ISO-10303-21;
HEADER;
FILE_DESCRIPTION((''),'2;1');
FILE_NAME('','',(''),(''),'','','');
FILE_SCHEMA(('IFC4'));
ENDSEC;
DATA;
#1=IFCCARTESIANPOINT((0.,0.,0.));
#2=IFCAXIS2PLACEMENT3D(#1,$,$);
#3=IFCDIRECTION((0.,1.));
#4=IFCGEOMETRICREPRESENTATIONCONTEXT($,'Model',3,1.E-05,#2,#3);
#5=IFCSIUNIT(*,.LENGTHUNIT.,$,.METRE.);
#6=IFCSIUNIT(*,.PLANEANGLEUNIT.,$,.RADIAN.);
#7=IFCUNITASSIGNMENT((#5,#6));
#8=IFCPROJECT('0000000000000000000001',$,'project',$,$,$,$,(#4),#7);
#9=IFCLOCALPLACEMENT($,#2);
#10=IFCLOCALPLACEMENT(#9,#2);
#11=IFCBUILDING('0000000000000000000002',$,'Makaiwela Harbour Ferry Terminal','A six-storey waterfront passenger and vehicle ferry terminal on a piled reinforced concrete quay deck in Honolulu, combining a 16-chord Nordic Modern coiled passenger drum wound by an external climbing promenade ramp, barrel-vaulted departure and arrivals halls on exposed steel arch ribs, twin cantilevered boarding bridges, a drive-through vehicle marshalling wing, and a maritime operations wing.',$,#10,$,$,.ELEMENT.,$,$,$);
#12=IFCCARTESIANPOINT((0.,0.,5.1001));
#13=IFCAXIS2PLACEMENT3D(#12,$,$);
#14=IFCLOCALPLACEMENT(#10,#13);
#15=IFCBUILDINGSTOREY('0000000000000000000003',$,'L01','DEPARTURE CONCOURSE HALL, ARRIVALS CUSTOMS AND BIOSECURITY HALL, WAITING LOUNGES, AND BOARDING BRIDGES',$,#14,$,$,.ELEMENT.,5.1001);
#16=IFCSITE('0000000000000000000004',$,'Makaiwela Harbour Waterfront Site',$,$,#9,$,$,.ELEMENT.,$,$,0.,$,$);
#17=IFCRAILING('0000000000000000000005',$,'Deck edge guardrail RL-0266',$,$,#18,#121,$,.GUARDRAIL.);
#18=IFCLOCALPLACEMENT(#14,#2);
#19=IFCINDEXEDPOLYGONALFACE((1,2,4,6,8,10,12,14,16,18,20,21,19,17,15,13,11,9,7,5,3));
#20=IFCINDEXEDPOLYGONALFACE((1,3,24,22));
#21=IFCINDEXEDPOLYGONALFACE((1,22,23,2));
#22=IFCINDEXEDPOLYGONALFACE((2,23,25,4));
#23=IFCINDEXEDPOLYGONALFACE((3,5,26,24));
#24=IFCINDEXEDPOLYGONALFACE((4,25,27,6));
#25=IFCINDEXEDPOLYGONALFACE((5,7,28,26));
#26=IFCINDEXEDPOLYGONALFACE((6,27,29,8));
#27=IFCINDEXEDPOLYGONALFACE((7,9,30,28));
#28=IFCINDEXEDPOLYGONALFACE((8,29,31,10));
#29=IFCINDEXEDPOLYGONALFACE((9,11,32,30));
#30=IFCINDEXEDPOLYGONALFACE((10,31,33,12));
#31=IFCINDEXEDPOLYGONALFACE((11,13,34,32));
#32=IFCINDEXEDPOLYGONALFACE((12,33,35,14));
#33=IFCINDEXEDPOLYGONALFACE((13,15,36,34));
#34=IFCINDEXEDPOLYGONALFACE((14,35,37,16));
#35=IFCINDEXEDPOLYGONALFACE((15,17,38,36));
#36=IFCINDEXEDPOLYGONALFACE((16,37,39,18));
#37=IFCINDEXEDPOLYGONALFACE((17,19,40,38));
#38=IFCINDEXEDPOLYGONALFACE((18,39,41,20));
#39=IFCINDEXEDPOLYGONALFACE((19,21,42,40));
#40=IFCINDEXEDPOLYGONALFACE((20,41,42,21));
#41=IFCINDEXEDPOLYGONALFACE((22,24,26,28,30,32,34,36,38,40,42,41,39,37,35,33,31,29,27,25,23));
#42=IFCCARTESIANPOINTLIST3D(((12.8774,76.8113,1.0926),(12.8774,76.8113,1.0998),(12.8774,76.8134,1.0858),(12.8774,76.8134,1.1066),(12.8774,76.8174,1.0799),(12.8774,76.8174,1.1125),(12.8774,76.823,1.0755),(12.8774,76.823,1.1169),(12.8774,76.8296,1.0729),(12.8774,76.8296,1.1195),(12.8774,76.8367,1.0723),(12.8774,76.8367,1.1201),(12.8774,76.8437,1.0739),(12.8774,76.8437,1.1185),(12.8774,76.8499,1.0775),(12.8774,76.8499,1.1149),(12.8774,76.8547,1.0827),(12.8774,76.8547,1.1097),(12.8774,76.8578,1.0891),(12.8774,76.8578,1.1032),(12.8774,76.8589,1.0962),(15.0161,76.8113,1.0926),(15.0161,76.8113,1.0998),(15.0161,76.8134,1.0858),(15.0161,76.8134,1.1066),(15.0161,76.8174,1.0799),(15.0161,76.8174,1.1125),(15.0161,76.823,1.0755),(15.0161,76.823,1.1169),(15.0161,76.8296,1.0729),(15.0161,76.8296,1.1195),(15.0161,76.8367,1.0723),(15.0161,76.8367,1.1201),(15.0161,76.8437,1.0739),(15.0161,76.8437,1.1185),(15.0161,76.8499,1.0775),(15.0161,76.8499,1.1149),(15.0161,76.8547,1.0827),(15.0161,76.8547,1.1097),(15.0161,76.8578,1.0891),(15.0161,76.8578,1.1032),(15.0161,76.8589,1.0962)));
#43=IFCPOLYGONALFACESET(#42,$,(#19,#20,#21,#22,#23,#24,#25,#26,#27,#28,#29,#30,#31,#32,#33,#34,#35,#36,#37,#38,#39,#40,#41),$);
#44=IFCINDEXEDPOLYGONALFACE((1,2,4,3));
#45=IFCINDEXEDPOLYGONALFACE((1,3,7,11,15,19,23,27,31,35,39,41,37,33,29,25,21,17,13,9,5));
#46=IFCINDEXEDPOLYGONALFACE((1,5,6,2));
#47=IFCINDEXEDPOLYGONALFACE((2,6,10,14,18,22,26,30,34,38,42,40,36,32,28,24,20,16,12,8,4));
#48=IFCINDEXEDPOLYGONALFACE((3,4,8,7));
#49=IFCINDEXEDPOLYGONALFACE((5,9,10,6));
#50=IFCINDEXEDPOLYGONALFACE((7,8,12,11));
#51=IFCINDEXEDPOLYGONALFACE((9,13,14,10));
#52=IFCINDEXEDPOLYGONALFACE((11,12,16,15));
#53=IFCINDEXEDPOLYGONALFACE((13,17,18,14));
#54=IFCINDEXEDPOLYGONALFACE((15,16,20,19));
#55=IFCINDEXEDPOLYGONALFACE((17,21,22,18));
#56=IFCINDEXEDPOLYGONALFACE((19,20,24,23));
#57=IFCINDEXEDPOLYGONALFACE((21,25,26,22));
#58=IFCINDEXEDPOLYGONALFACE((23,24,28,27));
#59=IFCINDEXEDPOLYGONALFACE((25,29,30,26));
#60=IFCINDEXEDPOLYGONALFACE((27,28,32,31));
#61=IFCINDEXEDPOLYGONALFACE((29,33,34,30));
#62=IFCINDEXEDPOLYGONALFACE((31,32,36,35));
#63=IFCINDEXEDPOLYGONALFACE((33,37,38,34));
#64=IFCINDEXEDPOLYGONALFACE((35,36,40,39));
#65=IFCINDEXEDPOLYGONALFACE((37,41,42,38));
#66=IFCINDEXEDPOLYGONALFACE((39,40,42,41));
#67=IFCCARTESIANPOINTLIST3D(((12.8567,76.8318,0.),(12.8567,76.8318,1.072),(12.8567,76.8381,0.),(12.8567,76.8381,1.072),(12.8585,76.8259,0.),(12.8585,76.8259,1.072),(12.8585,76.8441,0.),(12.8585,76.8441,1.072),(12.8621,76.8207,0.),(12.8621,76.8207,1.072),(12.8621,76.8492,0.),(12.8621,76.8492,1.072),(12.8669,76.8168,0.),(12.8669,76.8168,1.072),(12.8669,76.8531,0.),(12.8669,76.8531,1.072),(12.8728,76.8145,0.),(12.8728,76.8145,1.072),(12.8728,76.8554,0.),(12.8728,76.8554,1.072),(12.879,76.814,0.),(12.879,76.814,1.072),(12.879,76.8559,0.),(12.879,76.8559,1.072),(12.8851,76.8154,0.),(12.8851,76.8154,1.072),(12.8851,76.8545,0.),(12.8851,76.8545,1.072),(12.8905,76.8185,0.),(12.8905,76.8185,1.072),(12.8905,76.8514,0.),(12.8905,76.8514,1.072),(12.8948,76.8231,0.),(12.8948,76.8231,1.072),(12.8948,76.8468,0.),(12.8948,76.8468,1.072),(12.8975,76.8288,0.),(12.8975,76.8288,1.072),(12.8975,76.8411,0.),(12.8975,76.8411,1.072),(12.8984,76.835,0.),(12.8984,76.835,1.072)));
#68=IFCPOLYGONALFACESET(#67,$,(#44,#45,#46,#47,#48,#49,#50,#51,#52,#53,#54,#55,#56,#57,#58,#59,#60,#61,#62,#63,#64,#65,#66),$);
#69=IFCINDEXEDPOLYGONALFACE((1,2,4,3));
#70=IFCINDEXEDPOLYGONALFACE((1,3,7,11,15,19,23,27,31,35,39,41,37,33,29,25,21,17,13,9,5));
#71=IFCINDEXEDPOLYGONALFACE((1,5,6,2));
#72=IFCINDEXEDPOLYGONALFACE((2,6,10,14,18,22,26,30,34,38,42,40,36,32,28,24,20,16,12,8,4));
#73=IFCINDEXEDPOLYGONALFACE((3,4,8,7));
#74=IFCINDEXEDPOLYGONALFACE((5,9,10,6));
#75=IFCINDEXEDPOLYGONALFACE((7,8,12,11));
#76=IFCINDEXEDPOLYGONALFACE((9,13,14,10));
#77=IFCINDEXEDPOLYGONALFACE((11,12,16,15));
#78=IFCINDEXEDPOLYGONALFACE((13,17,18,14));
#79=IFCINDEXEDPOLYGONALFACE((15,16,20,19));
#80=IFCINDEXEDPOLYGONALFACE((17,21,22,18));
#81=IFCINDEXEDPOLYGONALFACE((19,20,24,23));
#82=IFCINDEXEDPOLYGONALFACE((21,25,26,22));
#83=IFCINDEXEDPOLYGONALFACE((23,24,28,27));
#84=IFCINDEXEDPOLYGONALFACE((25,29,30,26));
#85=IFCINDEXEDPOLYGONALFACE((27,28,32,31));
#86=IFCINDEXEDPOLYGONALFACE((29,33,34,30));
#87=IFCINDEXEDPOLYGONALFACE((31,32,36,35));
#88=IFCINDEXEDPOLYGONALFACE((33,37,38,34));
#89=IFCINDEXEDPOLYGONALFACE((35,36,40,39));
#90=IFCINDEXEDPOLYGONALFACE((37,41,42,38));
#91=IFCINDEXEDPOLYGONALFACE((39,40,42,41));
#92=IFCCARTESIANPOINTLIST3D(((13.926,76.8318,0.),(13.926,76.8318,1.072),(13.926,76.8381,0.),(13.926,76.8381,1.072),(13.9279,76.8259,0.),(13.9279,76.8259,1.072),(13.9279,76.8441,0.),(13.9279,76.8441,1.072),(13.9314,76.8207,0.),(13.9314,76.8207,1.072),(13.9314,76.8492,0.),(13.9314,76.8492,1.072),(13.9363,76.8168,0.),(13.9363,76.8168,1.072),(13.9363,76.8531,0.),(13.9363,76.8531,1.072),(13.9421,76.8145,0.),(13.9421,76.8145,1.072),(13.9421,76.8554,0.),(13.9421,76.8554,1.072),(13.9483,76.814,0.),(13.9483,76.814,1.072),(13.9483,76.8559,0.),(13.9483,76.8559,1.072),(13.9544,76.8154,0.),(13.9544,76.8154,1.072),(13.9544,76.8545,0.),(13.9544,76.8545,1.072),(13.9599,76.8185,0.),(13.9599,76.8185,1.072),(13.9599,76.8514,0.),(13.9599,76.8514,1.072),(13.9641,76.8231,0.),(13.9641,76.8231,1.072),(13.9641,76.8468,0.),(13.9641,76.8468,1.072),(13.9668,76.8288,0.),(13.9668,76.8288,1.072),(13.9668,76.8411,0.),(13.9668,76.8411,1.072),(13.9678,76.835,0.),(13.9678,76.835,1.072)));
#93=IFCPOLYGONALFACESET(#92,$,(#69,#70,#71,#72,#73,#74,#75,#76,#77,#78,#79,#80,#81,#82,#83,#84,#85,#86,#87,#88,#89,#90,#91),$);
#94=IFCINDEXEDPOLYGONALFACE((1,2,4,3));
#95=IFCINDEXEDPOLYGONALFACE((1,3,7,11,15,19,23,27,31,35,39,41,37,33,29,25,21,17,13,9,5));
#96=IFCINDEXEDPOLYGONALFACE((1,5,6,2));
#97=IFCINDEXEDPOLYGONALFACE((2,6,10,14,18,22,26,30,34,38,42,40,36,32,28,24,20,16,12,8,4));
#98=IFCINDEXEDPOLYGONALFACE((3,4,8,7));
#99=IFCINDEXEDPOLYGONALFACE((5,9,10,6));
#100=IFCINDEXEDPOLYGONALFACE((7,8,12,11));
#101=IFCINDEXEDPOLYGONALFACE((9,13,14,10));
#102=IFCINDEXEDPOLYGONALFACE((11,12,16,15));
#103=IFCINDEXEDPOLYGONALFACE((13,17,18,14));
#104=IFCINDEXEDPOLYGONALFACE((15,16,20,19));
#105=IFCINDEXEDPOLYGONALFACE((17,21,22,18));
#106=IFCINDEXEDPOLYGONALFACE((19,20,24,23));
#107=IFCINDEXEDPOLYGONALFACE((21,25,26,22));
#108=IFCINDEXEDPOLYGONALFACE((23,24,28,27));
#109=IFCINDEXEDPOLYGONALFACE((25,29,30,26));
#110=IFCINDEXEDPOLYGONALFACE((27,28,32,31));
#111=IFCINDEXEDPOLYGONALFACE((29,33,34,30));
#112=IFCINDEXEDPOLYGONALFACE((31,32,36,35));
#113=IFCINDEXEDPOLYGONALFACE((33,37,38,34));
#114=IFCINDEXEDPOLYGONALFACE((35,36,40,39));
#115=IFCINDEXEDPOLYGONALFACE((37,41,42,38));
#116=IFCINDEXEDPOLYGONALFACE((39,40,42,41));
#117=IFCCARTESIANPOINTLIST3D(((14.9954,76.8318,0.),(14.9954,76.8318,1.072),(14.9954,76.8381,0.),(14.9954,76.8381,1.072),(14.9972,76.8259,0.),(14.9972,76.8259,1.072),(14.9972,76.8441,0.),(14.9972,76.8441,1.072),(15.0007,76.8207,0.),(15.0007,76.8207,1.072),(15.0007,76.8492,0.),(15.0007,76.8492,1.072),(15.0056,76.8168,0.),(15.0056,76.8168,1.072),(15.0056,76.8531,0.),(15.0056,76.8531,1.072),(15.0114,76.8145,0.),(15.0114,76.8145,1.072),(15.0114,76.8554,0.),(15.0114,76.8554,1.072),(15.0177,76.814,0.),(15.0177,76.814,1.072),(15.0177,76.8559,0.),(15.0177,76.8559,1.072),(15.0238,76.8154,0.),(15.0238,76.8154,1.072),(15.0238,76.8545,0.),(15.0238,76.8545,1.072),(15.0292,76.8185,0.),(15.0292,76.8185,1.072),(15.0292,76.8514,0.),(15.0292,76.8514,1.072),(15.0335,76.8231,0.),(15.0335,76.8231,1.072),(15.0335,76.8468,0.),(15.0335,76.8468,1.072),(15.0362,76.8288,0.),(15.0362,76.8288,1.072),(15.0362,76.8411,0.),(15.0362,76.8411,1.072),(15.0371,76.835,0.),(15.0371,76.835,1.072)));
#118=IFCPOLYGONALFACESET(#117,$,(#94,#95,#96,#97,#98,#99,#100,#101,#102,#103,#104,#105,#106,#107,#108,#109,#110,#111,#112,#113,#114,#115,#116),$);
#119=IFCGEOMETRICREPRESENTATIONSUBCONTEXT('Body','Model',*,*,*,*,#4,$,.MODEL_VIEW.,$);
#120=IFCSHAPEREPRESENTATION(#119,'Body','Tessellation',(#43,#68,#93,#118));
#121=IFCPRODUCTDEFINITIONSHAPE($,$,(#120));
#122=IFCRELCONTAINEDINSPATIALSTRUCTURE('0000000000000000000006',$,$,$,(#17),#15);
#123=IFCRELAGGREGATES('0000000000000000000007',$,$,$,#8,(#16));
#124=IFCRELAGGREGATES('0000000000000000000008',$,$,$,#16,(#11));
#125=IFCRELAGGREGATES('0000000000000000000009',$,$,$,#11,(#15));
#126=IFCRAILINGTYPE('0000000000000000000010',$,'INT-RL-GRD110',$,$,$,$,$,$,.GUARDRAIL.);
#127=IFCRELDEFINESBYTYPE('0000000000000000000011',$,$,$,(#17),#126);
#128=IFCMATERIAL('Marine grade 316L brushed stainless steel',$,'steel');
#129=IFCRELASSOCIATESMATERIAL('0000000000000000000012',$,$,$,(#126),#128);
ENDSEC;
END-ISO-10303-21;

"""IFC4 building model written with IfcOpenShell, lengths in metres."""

from ifc_helpers import new_model, si_unit, direction, frame, origin, origin_2d, place, context, subcontext, project, spatial, circle, extrude, material, type_object, element, save


model = new_model("IFC4")

# Units and contexts
model_context = context("Model", 3, precision=1e-05, world=origin(), true_north=direction((0.0, 1.0)))
body_context = subcontext(model_context, "Body", "Model", "MODEL_VIEW")
ifc_project = project(units=[si_unit("LENGTHUNIT", "METRE"), si_unit("PLANEANGLEUNIT", "RADIAN")], contexts=[model_context])

# Site, building, storey
site_placement = place(None, origin())
site = spatial("IfcSite", under=ifc_project, at=site_placement, Name="Makaiwela Harbour Waterfront Site", CompositionType="ELEMENT", RefElevation=0.0)
building_placement = place(site_placement, origin())
building = spatial("IfcBuilding", under=site, at=building_placement, Name="Makaiwela Harbour Ferry Terminal", Description="A six-storey waterfront passenger and vehicle ferry terminal on a piled reinforced concrete quay deck in Honolulu, combining a 16-chord Nordic Modern coiled passenger drum wound by an external climbing promenade ramp, barrel-vaulted departure and arrivals halls on exposed steel arch ribs, twin cantilevered boarding bridges, a drive-through vehicle marshalling wing, and a maritime operations wing.", CompositionType="ELEMENT")
storey_placement = place(building_placement, frame((0.0, 0.0, 5.1001)))
storey = spatial("IfcBuildingStorey", under=building, at=storey_placement, Name="L01", Description="DEPARTURE CONCOURSE HALL, ARRIVALS CUSTOMS AND BIOSECURITY HALL, WAITING LOUNGES, AND BOARDING BRIDGES", CompositionType="ELEMENT", Elevation=5.1001)

# Railing
ifc_material_1 = material(Name="Marine grade 316L brushed stainless steel", Category="steel")
railing_type_1 = type_object("IfcRailingType", Name="INT-RL-GRD110", PredefinedType="GUARDRAIL", material=ifc_material_1)
for number, where, name in (
    (1, (12.8774, 76.835, 0.0), "Deck edge guardrail RL-0266"),
):
    element("IfcRailing", number, at=place(storey_placement, frame(where)), inside=storey, type_object=railing_type_1, Name=name, PredefinedType="GUARDRAIL", context=body_context, shape_type="SweptSolid", body=[
        extrude(circle(Radius=0.0239, at=origin_2d()), frame((0.0, 0.0, 1.0962), z_axis=(1.0, 0.0, 0.0), x_axis=(0.0, 1.0, 0.0)), (0.0, 0.0, 1.0), 2.1387),
        extrude(circle(Radius=0.021, at=origin_2d()), origin(), (0.0, 0.0, 1.0), 1.072),
        extrude(circle(Radius=0.021, at=origin_2d()), frame((1.0693, 0.0, 0.0)), (0.0, 0.0, 1.0), 1.072),
        extrude(circle(Radius=0.021, at=origin_2d()), frame((2.1387, 0.0, 0.0)), (0.0, 0.0, 1.0), 1.072),
    ])

save(model, "model.ifc")
